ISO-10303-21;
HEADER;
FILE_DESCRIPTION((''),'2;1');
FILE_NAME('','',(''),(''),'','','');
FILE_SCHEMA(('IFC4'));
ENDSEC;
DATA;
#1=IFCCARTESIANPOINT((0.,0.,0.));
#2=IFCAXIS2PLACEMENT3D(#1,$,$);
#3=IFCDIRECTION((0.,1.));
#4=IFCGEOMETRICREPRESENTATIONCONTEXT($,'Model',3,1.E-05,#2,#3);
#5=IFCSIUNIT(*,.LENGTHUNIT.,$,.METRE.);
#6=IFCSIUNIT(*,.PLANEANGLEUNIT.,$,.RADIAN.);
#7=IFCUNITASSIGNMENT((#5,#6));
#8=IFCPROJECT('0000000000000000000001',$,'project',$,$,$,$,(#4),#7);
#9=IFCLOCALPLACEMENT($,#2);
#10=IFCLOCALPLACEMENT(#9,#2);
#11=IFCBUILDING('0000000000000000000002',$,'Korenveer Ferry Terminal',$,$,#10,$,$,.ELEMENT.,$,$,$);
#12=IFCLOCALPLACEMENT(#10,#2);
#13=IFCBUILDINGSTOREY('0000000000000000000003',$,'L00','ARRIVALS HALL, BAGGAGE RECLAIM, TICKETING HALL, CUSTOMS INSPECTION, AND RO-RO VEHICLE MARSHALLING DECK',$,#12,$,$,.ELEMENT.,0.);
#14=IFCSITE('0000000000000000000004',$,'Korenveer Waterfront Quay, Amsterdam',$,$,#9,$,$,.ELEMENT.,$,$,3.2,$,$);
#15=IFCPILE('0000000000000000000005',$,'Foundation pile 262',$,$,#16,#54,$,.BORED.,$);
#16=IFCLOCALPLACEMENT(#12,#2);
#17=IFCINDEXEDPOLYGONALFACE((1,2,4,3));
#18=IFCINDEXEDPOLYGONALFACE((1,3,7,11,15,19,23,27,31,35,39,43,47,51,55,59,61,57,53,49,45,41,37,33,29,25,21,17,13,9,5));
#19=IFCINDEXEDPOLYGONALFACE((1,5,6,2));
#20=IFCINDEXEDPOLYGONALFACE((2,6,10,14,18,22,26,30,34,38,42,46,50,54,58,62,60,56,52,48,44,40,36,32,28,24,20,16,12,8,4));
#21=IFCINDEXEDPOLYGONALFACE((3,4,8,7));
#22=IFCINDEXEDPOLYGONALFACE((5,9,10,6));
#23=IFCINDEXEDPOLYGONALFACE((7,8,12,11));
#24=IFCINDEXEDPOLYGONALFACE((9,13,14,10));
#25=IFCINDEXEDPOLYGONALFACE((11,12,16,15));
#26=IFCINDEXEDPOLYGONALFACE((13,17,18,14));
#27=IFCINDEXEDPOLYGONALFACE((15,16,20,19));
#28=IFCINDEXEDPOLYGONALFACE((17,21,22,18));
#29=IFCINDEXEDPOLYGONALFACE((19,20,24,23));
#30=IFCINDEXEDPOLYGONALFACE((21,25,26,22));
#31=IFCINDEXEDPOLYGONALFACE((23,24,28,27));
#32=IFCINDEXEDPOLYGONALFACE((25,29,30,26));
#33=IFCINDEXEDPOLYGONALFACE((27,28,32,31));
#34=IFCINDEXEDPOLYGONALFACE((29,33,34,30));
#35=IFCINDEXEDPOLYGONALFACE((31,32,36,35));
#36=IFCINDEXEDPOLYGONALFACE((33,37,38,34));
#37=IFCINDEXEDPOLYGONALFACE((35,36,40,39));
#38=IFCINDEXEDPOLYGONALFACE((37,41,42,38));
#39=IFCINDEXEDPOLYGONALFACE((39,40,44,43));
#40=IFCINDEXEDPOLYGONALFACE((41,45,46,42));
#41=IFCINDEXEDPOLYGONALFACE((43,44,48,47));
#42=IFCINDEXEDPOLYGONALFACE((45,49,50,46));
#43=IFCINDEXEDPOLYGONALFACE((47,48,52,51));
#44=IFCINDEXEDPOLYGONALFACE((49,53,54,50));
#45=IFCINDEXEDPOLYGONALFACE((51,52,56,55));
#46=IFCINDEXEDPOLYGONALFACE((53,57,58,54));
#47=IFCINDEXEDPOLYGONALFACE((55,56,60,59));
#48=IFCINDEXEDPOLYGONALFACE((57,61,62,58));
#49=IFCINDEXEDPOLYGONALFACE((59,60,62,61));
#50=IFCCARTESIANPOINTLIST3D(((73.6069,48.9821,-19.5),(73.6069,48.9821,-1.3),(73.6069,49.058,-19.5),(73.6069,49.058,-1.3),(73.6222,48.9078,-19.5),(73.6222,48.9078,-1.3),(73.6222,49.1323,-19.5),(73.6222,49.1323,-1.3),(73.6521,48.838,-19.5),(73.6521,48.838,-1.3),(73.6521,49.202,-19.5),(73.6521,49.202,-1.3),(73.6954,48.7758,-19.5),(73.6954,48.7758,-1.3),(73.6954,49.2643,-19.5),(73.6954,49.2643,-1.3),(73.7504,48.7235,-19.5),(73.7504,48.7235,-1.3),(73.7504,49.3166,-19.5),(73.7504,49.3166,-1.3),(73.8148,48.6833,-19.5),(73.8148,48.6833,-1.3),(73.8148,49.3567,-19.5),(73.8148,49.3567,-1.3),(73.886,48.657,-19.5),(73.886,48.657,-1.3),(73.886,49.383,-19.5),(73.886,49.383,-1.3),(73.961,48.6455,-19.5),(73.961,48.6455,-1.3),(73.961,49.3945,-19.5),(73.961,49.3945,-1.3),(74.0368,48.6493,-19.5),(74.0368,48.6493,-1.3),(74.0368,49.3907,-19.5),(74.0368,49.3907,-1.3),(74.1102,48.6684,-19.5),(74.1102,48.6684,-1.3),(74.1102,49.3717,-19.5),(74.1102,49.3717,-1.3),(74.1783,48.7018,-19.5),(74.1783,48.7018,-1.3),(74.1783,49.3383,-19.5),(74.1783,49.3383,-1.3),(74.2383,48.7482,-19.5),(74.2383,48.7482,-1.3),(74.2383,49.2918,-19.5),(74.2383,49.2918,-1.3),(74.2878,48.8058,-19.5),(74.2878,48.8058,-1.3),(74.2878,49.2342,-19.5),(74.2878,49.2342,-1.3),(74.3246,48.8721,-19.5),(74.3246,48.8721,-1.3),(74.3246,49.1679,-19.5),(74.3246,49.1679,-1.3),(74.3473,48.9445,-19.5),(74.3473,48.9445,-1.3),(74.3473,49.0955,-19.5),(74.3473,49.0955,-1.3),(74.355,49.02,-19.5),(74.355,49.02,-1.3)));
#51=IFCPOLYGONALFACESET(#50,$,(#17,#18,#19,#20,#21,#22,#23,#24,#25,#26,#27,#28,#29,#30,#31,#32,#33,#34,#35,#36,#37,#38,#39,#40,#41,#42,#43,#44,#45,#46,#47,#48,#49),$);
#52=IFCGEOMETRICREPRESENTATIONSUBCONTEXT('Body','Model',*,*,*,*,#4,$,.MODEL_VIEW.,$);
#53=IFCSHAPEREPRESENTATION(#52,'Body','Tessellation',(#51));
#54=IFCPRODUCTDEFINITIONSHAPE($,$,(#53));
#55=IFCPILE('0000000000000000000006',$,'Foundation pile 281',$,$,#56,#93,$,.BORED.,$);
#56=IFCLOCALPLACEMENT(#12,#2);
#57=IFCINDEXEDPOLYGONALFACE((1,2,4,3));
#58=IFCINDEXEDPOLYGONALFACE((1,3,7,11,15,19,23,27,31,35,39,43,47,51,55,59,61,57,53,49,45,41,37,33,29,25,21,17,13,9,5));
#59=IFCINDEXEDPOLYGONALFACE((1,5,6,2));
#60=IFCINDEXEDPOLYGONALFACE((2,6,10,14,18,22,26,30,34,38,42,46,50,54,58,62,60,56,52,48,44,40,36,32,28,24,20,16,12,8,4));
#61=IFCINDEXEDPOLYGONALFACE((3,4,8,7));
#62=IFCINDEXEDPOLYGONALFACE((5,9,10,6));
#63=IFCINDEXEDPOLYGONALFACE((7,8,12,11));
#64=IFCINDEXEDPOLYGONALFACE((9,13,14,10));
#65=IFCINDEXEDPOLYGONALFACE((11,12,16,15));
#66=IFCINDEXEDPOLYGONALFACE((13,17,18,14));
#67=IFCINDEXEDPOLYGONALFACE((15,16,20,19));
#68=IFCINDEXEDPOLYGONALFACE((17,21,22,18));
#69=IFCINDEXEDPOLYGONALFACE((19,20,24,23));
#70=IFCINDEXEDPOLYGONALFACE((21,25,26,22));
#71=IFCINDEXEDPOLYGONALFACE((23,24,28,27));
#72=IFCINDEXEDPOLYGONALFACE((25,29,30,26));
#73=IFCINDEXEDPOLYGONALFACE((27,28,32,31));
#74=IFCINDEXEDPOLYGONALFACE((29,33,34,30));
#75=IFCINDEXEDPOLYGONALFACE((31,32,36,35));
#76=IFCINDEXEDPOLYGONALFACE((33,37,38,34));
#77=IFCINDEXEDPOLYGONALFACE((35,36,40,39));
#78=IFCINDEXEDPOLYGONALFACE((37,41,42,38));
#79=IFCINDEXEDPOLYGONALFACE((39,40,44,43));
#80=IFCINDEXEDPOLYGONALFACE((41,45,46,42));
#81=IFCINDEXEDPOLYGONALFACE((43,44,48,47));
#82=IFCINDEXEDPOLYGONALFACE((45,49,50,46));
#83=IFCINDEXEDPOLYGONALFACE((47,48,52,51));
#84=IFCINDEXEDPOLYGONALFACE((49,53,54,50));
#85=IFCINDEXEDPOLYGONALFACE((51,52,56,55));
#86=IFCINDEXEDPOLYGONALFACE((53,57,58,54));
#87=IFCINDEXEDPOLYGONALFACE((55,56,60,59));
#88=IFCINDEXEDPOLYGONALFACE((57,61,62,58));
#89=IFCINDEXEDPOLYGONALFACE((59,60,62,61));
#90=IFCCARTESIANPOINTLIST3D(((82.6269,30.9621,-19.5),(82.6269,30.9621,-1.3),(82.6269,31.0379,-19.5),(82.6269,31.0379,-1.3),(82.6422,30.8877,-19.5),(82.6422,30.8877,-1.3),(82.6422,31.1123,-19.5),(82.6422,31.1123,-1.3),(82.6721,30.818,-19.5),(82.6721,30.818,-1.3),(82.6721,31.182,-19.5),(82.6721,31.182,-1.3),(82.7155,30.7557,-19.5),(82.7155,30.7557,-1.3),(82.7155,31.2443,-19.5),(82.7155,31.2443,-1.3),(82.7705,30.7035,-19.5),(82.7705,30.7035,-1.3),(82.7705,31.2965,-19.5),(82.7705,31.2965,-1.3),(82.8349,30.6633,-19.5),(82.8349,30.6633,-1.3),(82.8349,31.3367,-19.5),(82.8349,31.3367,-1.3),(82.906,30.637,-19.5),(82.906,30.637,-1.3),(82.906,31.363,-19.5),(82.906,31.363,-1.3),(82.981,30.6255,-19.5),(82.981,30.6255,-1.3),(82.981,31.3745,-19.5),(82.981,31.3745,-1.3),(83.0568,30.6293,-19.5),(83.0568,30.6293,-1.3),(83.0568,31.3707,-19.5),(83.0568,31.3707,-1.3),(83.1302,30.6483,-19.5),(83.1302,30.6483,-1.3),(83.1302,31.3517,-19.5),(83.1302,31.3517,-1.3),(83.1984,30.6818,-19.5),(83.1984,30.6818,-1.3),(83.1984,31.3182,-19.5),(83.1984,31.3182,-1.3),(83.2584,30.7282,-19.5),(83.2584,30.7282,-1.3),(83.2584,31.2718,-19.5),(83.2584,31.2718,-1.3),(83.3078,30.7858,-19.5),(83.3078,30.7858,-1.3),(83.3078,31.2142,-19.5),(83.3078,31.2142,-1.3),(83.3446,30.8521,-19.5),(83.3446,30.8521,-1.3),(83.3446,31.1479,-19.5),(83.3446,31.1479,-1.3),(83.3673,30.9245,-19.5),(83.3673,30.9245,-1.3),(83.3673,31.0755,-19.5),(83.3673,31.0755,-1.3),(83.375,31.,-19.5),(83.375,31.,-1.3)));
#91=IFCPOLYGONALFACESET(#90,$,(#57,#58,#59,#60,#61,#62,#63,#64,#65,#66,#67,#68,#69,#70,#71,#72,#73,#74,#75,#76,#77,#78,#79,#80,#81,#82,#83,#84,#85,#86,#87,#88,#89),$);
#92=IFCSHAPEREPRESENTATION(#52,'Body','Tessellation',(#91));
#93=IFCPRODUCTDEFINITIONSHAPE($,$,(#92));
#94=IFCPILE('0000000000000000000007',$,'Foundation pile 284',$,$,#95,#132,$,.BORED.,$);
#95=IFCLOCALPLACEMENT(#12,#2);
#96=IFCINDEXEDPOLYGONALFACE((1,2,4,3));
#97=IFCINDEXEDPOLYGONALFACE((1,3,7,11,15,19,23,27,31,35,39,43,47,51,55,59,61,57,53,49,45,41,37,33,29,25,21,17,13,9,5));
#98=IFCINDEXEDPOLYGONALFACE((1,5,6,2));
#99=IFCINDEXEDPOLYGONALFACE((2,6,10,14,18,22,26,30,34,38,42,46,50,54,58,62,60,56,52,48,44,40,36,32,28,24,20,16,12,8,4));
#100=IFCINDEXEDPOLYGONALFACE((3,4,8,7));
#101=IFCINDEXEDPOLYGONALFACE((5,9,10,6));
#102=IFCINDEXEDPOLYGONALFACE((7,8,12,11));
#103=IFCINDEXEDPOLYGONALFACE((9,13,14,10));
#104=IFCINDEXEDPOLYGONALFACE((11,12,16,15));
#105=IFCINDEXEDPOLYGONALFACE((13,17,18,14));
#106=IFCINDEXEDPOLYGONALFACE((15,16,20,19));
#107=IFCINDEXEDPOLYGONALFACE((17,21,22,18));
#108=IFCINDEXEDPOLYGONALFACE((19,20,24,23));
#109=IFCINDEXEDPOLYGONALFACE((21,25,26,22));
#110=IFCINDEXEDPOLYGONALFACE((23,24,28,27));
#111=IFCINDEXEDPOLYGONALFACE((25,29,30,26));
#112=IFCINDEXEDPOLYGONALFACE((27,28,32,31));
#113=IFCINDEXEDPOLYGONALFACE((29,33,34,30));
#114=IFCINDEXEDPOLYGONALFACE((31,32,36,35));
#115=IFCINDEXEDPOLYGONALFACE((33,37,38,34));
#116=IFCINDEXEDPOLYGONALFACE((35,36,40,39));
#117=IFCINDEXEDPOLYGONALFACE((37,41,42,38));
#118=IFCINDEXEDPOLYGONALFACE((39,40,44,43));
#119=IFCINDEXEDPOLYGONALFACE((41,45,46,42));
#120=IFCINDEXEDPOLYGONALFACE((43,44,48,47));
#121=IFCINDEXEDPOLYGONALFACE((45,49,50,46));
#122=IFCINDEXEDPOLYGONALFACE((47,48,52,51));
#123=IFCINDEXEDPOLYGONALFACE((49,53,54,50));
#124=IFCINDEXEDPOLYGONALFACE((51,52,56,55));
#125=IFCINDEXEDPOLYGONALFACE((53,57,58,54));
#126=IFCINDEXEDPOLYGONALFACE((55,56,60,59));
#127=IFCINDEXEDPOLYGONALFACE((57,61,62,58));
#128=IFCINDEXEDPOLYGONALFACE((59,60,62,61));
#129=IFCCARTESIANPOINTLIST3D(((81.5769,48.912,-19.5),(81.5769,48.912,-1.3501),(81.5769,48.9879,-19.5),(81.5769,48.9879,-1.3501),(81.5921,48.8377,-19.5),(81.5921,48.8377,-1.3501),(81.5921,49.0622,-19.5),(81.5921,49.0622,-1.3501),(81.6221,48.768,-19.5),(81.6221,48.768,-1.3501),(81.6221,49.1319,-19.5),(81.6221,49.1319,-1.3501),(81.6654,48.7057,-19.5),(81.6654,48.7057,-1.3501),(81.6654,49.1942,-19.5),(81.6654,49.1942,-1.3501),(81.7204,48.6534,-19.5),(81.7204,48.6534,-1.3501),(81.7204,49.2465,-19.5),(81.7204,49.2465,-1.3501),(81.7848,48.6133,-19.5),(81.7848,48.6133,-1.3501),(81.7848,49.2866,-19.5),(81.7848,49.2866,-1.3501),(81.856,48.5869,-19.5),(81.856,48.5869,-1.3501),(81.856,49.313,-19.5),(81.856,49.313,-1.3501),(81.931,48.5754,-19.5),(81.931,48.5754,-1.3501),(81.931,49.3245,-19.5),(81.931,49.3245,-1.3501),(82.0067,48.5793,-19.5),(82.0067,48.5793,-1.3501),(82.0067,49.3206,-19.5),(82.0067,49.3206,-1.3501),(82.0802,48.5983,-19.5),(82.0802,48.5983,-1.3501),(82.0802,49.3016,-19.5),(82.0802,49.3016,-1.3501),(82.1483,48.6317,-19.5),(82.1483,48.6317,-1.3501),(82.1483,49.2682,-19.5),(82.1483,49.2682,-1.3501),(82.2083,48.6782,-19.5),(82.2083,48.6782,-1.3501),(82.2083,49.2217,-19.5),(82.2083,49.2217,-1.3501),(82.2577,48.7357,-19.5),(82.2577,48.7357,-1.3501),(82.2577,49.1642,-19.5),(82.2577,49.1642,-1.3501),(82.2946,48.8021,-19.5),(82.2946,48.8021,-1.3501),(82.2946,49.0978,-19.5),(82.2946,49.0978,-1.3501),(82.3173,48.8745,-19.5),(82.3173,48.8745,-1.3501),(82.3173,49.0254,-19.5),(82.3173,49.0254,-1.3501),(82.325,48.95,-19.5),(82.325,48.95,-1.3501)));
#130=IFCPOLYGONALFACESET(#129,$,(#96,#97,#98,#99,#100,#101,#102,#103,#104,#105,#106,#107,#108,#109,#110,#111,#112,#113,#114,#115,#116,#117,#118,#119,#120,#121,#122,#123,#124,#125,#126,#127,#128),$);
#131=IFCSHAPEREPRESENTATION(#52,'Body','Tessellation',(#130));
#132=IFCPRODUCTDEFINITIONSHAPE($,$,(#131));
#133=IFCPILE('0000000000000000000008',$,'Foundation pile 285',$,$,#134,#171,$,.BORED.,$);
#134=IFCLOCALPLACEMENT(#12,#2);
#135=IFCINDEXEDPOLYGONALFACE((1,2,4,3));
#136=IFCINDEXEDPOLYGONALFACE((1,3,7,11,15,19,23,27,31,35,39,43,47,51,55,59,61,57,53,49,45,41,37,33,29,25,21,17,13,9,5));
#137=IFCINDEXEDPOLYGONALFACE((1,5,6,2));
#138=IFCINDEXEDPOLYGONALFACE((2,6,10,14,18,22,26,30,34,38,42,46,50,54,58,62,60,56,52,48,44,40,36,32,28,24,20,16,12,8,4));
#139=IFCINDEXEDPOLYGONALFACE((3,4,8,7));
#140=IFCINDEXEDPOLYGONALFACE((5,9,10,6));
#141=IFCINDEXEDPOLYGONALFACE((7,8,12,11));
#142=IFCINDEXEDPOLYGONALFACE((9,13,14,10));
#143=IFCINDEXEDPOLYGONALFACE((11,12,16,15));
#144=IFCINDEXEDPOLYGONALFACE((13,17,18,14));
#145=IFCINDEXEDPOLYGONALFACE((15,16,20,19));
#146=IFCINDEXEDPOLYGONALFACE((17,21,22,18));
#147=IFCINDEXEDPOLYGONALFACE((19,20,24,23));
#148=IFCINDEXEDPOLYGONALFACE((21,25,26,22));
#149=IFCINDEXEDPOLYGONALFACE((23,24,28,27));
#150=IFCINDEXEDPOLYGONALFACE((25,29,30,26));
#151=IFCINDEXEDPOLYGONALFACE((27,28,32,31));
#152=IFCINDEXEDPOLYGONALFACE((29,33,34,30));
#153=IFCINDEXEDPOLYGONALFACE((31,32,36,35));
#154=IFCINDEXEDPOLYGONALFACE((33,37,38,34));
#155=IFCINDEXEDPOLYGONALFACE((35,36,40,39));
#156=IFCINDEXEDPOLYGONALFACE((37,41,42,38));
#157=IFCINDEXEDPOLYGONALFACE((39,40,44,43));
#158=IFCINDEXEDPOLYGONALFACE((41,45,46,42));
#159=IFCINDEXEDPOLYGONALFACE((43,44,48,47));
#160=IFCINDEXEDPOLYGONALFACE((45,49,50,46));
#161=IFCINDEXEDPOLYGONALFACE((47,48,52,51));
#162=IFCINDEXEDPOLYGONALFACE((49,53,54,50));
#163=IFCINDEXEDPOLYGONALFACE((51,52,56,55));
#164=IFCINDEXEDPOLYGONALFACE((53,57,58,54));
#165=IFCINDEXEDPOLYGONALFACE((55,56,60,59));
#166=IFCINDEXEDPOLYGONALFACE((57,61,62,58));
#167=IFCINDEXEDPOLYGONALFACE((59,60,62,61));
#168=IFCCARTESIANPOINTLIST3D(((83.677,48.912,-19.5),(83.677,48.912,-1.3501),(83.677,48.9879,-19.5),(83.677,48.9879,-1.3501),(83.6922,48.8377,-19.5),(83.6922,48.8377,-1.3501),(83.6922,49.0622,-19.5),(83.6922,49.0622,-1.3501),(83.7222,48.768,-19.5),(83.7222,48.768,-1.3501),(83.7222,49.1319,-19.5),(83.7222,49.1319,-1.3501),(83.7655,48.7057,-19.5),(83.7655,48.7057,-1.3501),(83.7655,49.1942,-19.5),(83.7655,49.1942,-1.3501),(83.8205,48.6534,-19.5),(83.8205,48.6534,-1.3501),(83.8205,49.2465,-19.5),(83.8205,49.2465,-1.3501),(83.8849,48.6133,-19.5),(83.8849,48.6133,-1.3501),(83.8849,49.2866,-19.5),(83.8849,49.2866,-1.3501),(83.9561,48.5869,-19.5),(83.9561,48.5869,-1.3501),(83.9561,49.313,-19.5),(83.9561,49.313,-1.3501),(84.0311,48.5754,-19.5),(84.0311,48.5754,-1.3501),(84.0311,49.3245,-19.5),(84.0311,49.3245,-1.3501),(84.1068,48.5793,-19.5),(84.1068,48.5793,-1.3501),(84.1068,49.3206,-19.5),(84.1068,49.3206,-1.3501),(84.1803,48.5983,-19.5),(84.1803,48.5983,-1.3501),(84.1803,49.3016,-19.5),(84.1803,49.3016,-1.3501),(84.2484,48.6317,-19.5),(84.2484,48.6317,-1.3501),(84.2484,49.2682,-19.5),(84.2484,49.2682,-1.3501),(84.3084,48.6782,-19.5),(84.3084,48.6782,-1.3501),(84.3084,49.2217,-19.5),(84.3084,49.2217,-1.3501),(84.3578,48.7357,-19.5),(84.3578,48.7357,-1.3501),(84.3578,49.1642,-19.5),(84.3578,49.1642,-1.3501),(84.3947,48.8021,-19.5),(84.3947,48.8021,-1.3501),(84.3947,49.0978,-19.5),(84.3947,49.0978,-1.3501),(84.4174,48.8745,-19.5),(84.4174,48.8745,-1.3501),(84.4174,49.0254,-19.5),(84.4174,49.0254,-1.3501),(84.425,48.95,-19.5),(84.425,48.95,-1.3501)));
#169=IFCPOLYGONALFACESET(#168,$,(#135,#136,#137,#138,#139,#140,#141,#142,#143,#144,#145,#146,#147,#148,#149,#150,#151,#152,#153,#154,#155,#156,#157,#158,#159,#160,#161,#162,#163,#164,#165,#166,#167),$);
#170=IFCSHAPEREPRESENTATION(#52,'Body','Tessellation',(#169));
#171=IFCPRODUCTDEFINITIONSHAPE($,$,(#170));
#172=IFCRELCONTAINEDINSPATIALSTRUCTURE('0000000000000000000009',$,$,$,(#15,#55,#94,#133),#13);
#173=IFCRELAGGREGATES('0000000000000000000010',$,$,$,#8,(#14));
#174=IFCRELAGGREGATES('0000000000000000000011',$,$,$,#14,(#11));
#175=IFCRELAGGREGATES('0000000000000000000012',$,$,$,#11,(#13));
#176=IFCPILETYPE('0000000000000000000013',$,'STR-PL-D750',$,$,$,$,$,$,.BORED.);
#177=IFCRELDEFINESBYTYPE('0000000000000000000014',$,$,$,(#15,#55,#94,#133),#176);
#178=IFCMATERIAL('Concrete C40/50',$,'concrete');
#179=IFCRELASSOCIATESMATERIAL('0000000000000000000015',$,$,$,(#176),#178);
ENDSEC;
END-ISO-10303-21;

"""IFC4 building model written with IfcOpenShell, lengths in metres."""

from ifc_helpers import new_model, si_unit, direction, frame, origin, origin_2d, place, context, subcontext, project, spatial, circle, extrude, material, material_profile, profile_set, type_object, element, save


model = new_model("IFC4")

# Units and contexts
model_context = context("Model", 3, precision=1e-05, world=origin(), true_north=direction((0.0, 1.0)))
body_context = subcontext(model_context, "Body", "Model", "MODEL_VIEW")
ifc_project = project(units=[si_unit("LENGTHUNIT", "METRE"), si_unit("PLANEANGLEUNIT", "RADIAN")], contexts=[model_context])

# Site, building, storey
site_placement = place(None, origin())
site = spatial("IfcSite", under=ifc_project, at=site_placement, Name="Korenveer Waterfront Quay, Amsterdam", CompositionType="ELEMENT", RefElevation=3.2)
building_placement = place(site_placement, origin())
building = spatial("IfcBuilding", under=site, at=building_placement, Name="Korenveer Ferry Terminal", CompositionType="ELEMENT")
storey_placement = place(building_placement, origin())
storey = spatial("IfcBuildingStorey", under=building, at=storey_placement, Name="L00", Description="ARRIVALS HALL, BAGGAGE RECLAIM, TICKETING HALL, CUSTOMS INSPECTION, AND RO-RO VEHICLE MARSHALLING DECK", CompositionType="ELEMENT", Elevation=0.0)

# Shared definitions
ifc_material_1 = material(Name="Concrete C40/50", Category="concrete")

# Piles
ifc_material_profile_1 = material_profile(ifc_material_1, circle(Radius=0.375, at=origin_2d()), Name="PILE D750")
ifc_profile_set_1 = profile_set([ifc_material_profile_1], Name="Concrete C40/50")
pile_type_1 = type_object("IfcPileType", Name="STR-PL-D750", PredefinedType="BORED", material=ifc_profile_set_1)
for number, where, z_axis, x_axis, name in (
    (1, (73.98, 49.02, -1.3), (0.0, 0.0, -1.0), (1.0, 0.0, 0.0), "Foundation pile 262"),
    (2, (83.0, 31.0, -1.3), (0.0, 0.0, -1.0), (1.0, 0.0, 0.0), "Foundation pile 281"),
):
    element("IfcPile", number, at=place(storey_placement, frame(where, z_axis=z_axis, x_axis=x_axis)), inside=storey, type_object=pile_type_1, Name=name, PredefinedType="BORED", context=body_context, shape_type="SweptSolid", body=[
        extrude(circle(Radius=0.375, at=origin_2d()), origin(), (0.0, 0.0, 1.0), 18.2),
    ])
for number, where, z_axis, x_axis, name in (
    (3, (81.95, 48.95, -1.3501), (0.0, 0.0, -1.0), (1.0, 0.0, 0.0), "Foundation pile 284"),
    (4, (84.05, 48.95, -1.3501), (0.0, 0.0, -1.0), (1.0, 0.0, 0.0), "Foundation pile 285"),
):
    element("IfcPile", number, at=place(storey_placement, frame(where, z_axis=z_axis, x_axis=x_axis)), inside=storey, type_object=pile_type_1, Name=name, PredefinedType="BORED", context=body_context, shape_type="SweptSolid", body=[
        extrude(circle(Radius=0.375, at=origin_2d()), origin(), (0.0, 0.0, 1.0), 18.1499),
    ])

save(model, "model.ifc")
